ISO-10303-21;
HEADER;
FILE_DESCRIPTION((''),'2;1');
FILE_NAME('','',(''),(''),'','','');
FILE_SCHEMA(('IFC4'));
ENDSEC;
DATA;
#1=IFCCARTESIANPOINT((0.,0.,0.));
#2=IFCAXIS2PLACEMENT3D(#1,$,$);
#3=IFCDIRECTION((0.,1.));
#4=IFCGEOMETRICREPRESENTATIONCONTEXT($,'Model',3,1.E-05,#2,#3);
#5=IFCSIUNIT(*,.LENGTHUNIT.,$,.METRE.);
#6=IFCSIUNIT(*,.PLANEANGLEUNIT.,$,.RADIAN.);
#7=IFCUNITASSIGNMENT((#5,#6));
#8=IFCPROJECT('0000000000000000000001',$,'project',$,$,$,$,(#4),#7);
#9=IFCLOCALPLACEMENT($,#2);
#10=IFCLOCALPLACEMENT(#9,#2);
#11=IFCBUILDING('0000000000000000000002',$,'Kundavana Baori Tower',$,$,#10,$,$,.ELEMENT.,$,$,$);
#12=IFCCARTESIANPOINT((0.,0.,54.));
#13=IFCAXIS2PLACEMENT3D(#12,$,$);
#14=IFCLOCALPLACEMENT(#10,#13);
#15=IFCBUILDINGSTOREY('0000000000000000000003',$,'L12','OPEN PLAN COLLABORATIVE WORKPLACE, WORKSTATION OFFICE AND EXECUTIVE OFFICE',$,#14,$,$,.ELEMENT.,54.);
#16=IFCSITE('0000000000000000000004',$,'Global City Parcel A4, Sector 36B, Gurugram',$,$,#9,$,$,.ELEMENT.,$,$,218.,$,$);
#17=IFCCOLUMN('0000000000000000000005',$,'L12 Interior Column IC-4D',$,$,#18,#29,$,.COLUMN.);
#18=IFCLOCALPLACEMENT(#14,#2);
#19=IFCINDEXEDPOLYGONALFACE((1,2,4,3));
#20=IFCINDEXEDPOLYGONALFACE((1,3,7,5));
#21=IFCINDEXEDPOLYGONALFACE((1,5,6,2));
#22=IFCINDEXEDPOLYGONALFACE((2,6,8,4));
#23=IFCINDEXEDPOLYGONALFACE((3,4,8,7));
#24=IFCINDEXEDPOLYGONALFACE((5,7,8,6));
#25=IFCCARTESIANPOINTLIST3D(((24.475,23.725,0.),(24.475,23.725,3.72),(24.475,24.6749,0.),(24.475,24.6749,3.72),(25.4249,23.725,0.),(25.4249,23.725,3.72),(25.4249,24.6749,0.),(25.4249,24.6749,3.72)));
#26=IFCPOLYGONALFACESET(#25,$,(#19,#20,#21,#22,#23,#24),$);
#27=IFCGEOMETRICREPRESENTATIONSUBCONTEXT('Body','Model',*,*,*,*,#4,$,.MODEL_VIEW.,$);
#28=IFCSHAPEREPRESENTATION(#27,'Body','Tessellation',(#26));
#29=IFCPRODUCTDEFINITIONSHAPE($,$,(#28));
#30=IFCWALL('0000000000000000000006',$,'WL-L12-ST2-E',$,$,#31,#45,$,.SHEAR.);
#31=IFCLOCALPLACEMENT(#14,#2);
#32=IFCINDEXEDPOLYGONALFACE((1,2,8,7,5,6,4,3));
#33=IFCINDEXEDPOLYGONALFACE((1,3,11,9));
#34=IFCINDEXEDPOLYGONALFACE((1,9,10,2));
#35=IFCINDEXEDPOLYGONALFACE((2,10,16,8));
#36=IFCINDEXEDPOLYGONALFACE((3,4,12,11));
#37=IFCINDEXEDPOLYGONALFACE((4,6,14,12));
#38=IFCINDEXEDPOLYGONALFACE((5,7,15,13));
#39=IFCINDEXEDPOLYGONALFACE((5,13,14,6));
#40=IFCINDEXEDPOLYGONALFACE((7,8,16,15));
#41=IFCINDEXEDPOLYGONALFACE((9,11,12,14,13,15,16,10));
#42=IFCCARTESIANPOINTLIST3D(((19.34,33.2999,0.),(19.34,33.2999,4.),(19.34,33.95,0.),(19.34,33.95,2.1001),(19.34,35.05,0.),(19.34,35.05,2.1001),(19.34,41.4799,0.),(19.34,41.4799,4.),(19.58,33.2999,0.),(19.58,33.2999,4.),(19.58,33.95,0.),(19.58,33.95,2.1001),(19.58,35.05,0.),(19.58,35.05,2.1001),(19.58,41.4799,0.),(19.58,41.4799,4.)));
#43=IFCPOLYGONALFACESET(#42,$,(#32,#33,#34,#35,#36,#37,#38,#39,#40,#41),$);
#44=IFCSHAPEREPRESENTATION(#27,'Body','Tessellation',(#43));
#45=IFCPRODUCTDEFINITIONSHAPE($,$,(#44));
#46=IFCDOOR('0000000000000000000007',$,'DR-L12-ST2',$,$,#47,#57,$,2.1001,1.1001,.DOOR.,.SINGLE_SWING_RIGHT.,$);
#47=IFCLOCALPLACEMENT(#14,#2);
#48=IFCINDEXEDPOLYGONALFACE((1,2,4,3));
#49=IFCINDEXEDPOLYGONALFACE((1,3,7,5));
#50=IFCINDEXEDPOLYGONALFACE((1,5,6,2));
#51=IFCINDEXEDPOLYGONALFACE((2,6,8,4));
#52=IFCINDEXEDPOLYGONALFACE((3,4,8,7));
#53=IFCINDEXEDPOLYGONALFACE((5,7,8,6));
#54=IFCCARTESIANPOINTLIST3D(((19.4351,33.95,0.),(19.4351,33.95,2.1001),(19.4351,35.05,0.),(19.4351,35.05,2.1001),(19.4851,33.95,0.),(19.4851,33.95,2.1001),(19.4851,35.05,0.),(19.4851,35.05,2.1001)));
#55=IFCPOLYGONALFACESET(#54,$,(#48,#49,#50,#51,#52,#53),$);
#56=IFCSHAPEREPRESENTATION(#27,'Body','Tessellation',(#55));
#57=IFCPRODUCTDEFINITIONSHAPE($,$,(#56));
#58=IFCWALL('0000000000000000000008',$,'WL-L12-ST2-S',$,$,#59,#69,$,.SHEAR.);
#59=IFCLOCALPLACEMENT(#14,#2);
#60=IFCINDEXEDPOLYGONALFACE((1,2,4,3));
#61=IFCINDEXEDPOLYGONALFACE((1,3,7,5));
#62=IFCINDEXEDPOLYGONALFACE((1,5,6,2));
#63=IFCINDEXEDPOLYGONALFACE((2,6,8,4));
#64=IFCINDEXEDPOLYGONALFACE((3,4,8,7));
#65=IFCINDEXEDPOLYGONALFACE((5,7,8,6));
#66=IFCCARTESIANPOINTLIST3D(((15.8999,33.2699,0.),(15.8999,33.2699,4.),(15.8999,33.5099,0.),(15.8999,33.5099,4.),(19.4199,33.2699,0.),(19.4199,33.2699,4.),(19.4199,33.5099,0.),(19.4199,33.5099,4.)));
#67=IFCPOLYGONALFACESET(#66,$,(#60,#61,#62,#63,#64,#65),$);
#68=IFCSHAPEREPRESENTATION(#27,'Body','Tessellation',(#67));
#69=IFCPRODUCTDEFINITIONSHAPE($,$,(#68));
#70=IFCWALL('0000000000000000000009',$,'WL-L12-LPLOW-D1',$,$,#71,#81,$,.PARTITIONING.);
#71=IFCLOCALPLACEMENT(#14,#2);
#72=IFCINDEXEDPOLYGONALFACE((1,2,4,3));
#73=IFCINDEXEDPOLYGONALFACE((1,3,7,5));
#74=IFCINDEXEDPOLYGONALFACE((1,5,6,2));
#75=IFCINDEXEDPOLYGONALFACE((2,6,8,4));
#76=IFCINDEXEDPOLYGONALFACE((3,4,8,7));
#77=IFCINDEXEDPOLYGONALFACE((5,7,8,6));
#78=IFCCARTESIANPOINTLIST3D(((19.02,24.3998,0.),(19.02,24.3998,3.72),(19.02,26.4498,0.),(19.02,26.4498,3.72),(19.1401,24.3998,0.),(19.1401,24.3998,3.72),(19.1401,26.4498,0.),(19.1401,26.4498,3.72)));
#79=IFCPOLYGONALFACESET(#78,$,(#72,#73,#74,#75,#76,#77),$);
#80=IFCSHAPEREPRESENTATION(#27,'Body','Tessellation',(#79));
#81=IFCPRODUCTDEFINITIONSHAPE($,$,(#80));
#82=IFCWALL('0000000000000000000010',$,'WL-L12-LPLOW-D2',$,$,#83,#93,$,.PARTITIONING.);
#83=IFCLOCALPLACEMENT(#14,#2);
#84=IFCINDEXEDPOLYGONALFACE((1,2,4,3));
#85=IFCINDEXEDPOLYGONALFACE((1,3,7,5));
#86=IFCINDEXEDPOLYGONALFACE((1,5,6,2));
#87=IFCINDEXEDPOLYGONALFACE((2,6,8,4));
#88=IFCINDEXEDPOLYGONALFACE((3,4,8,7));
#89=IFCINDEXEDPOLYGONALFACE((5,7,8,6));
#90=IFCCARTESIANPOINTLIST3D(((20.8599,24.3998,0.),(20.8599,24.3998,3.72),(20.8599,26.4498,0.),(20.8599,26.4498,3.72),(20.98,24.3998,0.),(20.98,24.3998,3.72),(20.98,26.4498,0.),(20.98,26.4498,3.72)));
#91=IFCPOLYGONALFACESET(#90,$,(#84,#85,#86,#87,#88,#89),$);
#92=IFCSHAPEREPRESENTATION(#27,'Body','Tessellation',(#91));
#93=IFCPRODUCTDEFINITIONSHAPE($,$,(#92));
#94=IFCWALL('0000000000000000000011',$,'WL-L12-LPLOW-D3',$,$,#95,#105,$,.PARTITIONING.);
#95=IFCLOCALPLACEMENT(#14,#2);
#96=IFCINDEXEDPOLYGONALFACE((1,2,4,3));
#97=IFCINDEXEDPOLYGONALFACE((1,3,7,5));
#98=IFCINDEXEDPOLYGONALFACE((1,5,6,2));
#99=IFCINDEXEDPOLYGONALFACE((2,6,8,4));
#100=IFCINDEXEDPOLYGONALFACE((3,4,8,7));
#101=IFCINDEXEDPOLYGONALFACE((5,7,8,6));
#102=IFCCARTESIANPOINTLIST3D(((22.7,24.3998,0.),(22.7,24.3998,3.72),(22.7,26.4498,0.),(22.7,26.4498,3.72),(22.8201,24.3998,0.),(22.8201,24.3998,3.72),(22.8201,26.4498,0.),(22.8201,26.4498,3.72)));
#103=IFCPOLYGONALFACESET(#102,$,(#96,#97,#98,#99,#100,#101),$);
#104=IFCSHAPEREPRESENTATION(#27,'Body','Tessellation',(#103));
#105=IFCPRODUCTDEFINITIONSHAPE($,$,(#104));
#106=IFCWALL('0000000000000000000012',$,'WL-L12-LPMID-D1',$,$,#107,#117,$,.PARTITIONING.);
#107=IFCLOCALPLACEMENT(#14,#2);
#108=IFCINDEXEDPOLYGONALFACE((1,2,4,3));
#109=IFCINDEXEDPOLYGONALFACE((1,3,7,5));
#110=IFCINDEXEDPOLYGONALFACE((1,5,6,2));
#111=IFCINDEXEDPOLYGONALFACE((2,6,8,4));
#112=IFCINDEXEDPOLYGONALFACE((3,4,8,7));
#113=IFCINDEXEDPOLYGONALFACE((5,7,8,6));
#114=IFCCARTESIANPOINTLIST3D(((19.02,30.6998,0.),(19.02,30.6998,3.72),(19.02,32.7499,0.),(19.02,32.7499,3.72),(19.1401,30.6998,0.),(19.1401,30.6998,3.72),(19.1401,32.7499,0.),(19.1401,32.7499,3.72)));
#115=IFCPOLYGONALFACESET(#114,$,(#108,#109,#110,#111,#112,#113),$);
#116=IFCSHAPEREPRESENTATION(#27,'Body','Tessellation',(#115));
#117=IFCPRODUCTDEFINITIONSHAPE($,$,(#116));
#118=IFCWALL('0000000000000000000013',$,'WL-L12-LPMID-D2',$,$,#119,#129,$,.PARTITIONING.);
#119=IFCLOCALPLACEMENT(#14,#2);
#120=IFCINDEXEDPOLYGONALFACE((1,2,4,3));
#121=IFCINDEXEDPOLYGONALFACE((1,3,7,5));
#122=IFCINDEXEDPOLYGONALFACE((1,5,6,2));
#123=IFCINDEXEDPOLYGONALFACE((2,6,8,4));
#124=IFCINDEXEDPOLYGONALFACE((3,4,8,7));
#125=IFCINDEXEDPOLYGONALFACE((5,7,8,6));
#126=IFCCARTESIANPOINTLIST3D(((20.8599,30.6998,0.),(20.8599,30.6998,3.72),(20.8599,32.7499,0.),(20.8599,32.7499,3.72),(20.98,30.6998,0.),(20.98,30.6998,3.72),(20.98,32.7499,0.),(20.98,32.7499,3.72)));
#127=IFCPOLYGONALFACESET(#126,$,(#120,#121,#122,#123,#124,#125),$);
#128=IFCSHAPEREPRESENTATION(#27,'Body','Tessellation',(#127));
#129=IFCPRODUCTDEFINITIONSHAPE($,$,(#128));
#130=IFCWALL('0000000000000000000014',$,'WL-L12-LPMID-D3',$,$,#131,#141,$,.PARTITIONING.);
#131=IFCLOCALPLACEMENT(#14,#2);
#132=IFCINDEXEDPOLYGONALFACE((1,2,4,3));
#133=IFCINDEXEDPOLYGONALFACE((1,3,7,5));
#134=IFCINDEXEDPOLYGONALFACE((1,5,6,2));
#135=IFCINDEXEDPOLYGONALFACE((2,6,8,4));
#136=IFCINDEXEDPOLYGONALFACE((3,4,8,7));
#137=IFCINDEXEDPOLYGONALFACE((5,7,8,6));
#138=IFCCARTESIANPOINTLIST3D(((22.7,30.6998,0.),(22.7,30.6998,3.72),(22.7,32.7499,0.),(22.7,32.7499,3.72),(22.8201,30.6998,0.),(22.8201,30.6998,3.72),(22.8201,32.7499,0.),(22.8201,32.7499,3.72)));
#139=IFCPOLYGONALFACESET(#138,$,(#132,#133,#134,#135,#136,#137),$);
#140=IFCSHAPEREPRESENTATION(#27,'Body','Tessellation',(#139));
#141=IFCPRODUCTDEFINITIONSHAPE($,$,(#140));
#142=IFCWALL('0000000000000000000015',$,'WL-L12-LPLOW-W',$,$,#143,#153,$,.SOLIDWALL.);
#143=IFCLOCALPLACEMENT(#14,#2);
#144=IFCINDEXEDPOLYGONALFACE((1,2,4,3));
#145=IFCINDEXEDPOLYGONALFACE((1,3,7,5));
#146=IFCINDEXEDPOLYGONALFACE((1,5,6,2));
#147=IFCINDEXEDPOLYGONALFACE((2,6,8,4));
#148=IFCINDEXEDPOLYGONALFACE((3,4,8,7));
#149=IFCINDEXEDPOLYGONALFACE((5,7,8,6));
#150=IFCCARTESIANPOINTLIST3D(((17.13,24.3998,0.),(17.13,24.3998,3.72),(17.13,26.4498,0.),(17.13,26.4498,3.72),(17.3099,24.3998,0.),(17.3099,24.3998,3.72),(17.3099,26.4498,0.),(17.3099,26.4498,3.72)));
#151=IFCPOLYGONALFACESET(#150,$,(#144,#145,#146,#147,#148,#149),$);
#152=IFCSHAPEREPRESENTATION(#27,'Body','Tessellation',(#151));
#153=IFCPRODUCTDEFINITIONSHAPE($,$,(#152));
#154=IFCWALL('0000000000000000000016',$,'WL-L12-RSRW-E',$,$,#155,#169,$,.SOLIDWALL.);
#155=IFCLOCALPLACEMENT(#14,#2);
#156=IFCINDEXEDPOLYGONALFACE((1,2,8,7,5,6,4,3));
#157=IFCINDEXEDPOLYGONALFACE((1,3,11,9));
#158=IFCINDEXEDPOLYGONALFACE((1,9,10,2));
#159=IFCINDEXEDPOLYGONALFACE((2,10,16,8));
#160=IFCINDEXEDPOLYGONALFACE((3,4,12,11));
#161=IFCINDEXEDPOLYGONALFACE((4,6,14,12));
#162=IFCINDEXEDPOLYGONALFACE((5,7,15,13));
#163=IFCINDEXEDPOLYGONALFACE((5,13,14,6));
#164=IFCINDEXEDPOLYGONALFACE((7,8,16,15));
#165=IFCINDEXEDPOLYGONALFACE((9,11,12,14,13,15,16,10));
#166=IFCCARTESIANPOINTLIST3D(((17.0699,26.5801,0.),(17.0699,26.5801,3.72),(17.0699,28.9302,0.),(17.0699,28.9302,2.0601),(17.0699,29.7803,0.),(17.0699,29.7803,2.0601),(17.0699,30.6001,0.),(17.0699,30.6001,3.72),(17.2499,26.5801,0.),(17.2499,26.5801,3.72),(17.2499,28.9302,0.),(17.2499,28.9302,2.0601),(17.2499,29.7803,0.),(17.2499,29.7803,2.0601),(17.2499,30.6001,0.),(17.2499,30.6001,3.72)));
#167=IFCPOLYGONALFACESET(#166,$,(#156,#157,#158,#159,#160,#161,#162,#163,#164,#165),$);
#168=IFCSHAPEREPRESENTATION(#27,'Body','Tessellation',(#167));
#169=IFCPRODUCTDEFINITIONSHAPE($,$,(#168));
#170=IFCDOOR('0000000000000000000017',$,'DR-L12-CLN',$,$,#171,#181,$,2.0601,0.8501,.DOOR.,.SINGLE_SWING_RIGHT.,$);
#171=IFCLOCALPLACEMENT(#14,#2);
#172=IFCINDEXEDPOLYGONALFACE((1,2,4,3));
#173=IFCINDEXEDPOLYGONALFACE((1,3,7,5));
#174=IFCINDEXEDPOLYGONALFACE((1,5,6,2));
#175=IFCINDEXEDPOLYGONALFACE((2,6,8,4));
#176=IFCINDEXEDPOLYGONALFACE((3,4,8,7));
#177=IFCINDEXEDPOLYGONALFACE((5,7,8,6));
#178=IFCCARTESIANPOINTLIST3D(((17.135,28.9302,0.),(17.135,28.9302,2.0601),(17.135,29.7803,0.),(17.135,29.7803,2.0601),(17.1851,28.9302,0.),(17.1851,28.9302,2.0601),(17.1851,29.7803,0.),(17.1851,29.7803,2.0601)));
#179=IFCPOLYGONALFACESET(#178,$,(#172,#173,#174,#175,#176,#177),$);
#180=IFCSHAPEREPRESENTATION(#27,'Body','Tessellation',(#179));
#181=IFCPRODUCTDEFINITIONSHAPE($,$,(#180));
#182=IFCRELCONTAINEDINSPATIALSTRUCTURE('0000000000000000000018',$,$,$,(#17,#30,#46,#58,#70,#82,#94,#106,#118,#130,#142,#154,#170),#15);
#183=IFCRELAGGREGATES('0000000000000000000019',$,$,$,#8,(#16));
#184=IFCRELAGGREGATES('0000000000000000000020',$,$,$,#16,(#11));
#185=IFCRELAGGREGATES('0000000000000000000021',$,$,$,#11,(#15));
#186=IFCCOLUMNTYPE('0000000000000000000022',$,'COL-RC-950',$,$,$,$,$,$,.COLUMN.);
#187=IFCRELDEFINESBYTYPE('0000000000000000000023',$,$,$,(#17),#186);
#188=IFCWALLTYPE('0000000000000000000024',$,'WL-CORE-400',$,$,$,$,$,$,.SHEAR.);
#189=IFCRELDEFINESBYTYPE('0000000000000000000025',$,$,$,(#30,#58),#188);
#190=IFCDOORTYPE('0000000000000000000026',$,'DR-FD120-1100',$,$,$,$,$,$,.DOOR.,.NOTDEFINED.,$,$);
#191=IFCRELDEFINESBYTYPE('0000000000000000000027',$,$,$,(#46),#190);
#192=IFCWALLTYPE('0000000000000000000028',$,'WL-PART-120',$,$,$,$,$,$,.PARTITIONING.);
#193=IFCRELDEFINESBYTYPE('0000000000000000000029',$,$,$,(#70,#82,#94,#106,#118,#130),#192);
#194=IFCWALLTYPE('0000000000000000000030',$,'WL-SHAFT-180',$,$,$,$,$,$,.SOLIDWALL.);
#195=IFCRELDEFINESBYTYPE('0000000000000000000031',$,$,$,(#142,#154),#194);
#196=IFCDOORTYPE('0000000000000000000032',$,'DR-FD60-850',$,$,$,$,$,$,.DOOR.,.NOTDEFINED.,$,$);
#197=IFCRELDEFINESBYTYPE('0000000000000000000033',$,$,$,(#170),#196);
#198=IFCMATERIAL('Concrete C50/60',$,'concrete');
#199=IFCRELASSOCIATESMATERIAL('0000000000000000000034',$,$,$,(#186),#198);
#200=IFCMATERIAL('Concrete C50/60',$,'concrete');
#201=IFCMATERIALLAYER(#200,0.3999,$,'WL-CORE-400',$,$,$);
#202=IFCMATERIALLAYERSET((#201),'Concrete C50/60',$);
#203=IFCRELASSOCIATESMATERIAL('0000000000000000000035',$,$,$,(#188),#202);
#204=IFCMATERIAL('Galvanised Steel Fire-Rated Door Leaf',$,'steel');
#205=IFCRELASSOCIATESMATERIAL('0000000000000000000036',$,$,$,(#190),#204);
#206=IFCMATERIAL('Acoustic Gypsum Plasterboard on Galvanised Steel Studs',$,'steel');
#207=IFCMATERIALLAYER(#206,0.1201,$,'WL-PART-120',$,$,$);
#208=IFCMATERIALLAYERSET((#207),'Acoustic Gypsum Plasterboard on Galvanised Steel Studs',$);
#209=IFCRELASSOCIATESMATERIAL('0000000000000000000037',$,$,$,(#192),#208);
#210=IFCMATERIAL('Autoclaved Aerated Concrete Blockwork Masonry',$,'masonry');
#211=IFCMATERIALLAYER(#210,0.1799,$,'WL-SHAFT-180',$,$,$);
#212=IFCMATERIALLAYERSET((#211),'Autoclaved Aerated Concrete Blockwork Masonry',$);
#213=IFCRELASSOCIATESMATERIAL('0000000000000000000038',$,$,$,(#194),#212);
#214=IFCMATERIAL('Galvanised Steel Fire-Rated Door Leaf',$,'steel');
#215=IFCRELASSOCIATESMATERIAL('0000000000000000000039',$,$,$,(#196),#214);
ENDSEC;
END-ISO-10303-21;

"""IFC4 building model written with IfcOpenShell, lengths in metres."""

from ifc_helpers import new_model, si_unit, direction, frame, frame_2d, origin, origin_2d, place, context, subcontext, project, spatial, rectangle, extrude, material, layer, layer_set, material_profile, profile_set, type_object, element, fill, save


model = new_model("IFC4")

# Units and contexts
model_context = context("Model", 3, precision=1e-05, world=origin(), true_north=direction((0.0, 1.0)))
body_context = subcontext(model_context, "Body", "Model", "MODEL_VIEW")
ifc_project = project(units=[si_unit("LENGTHUNIT", "METRE"), si_unit("PLANEANGLEUNIT", "RADIAN")], contexts=[model_context])

# Site, building, storey
site_placement = place(None, origin())
site = spatial("IfcSite", under=ifc_project, at=site_placement, Name="Global City Parcel A4, Sector 36B, Gurugram", CompositionType="ELEMENT", RefElevation=218.0)
building_placement = place(site_placement, origin())
building = spatial("IfcBuilding", under=site, at=building_placement, Name="Kundavana Baori Tower", CompositionType="ELEMENT")
storey_placement = place(building_placement, frame((0.0, 0.0, 54.0)))
storey = spatial("IfcBuildingStorey", under=building, at=storey_placement, Name="L12", Description="OPEN PLAN COLLABORATIVE WORKPLACE, WORKSTATION OFFICE AND EXECUTIVE OFFICE", CompositionType="ELEMENT", Elevation=54.0)

# Column
ifc_material_1 = material(Name="Concrete C50/60", Category="concrete")
ifc_material_profile = material_profile(ifc_material_1, rectangle(XDim=0.95, YDim=0.95, at=origin_2d()), Name="RC 950x950")
ifc_profile_set = profile_set([ifc_material_profile], Name="Concrete C50/60")
column_type = type_object("IfcColumnType", Name="COL-RC-950", PredefinedType="COLUMN", material=ifc_profile_set)
column_placement = place(storey_placement, frame((24.95, 24.2, 0.0), z_axis=(0.0, 0.0, 1.0), x_axis=(1.0, 0.0, 0.0)))
element("IfcColumn", 1, at=column_placement, inside=storey, type_object=column_type, Name="L12 Interior Column IC-4D", PredefinedType="COLUMN", context=body_context, shape_type="SweptSolid", body=[
    extrude(rectangle(XDim=0.95, YDim=0.95, at=origin_2d()), origin(), (0.0, 0.0, 1.0), 3.72),
])

# Wall, opening, door
ifc_material_2 = material(Name="Concrete C50/60", Category="concrete")
ifc_layer_1 = layer(ifc_material_2, 0.3999, Name="WL-CORE-400")
ifc_layer_set_1 = layer_set([ifc_layer_1], Name="Concrete C50/60")
wall_type_1 = type_object("IfcWallType", Name="WL-CORE-400", PredefinedType="SHEAR", material=ifc_layer_set_1)
wall_1_placement = place(storey_placement, frame((19.46, 33.3, 0.0), z_axis=(0.0, 0.0, 1.0), x_axis=(0.0, 1.0, 0.0)))
wall_1 = element("IfcWall", 2, at=wall_1_placement, inside=storey, type_object=wall_type_1, Name="WL-L12-ST2-E", PredefinedType="SHEAR", context=body_context, shape_type="SweptSolid", body=[
    extrude(rectangle(XDim=8.1799, YDim=0.24, at=frame_2d((4.0898, 0.0))), origin(), (0.0, 0.0, 1.0), 4.0),
])
opening_1_placement = place(wall_1_placement, frame((0.6499, 0.0, 0.0)))
opening_1 = element("IfcOpeningElement", 3, at=opening_1_placement, cuts=wall_1, PredefinedType="OPENING", context=body_context, shape_type="SweptSolid", body=[
    extrude(rectangle(XDim=1.1001, YDim=2.1001, at=frame_2d((0.55, 1.05))), frame((0.0, 0.1299, 0.0), z_axis=(0.0, -1.0, 0.0), x_axis=(1.0, 0.0, 0.0)), (0.0, 0.0, 1.0), 0.26),
])
ifc_material_3 = material(Name="Galvanised Steel Fire-Rated Door Leaf", Category="steel")
door_type_1 = type_object("IfcDoorType", Name="DR-FD120-1100", OperationType="NOTDEFINED", PredefinedType="DOOR", material=ifc_material_3)
door_1_placement = place(opening_1_placement, origin())
door_1 = element("IfcDoor", 4, at=door_1_placement, inside=storey, type_object=door_type_1, Name="DR-L12-ST2", OperationType="SINGLE_SWING_RIGHT", OverallHeight=2.1001, OverallWidth=1.1001, PredefinedType="DOOR", context=body_context, shape_type="SweptSolid", body=[
    extrude(rectangle(XDim=1.1001, YDim=2.1001, at=frame_2d((0.55, 1.05))), frame((0.0, 0.0249, 0.0), z_axis=(0.0, -1.0, 0.0), x_axis=(1.0, 0.0, 0.0)), (0.0, 0.0, 1.0), 0.05),
])
fill(opening_1, door_1)

# Walls
wall_2_placement = place(storey_placement, frame((15.8999, 33.3899, 0.0), z_axis=(0.0, 0.0, 1.0), x_axis=(1.0, 0.0, 0.0)))
element("IfcWall", 5, at=wall_2_placement, inside=storey, type_object=wall_type_1, Name="WL-L12-ST2-S", PredefinedType="SHEAR", context=body_context, shape_type="SweptSolid", body=[
    extrude(rectangle(XDim=3.52, YDim=0.24, at=frame_2d((1.76, 0.0))), origin(), (0.0, 0.0, 1.0), 4.0),
])
ifc_material_4 = material(Name="Acoustic Gypsum Plasterboard on Galvanised Steel Studs", Category="steel")
ifc_layer_2 = layer(ifc_material_4, 0.1201, Name="WL-PART-120")
ifc_layer_set_2 = layer_set([ifc_layer_2], Name="Acoustic Gypsum Plasterboard on Galvanised Steel Studs")
wall_type_2 = type_object("IfcWallType", Name="WL-PART-120", PredefinedType="PARTITIONING", material=ifc_layer_set_2)
for number, where, z_axis, x_axis, name in (
    (6, (19.0801, 24.3999, 0.0), (0.0, 0.0, 1.0), (0.0, 1.0, 0.0), "WL-L12-LPLOW-D1"),
    (7, (20.9199, 24.3999, 0.0), (0.0, 0.0, 1.0), (0.0, 1.0, 0.0), "WL-L12-LPLOW-D2"),
    (8, (22.76, 24.3999, 0.0), (0.0, 0.0, 1.0), (0.0, 1.0, 0.0), "WL-L12-LPLOW-D3"),
    (9, (19.0801, 30.7, 0.0), (0.0, 0.0, 1.0), (0.0, 1.0, 0.0), "WL-L12-LPMID-D1"),
    (10, (20.9199, 30.7, 0.0), (0.0, 0.0, 1.0), (0.0, 1.0, 0.0), "WL-L12-LPMID-D2"),
    (11, (22.76, 30.7, 0.0), (0.0, 0.0, 1.0), (0.0, 1.0, 0.0), "WL-L12-LPMID-D3"),
):
    element("IfcWall", number, at=place(storey_placement, frame(where, z_axis=z_axis, x_axis=x_axis)), inside=storey, type_object=wall_type_2, Name=name, PredefinedType="PARTITIONING", context=body_context, shape_type="SweptSolid", body=[
        extrude(rectangle(XDim=2.05, YDim=0.1201, at=frame_2d((1.0249, 0.0))), origin(), (0.0, 0.0, 1.0), 3.72),
    ])
ifc_material_5 = material(Name="Autoclaved Aerated Concrete Blockwork Masonry", Category="masonry")
ifc_layer_3 = layer(ifc_material_5, 0.1799, Name="WL-SHAFT-180")
ifc_layer_set_3 = layer_set([ifc_layer_3], Name="Autoclaved Aerated Concrete Blockwork Masonry")
wall_type_3 = type_object("IfcWallType", Name="WL-SHAFT-180", PredefinedType="SOLIDWALL", material=ifc_layer_set_3)
wall_3_placement = place(storey_placement, frame((17.22, 24.3999, 0.0), z_axis=(0.0, 0.0, 1.0), x_axis=(0.0, 1.0, 0.0)))
element("IfcWall", 12, at=wall_3_placement, inside=storey, type_object=wall_type_3, Name="WL-L12-LPLOW-W", PredefinedType="SOLIDWALL", context=body_context, shape_type="SweptSolid", body=[
    extrude(rectangle(XDim=2.05, YDim=0.1799, at=frame_2d((1.0249, 0.0))), origin(), (0.0, 0.0, 1.0), 3.72),
])

# Wall, opening, door
wall_4_placement = place(storey_placement, frame((17.1599, 26.5801, 0.0), z_axis=(0.0, 0.0, 1.0), x_axis=(0.0, 1.0, 0.0)))
wall_4 = element("IfcWall", 13, at=wall_4_placement, inside=storey, type_object=wall_type_3, Name="WL-L12-RSRW-E", PredefinedType="SOLIDWALL", context=body_context, shape_type="SweptSolid", body=[
    extrude(rectangle(XDim=4.02, YDim=0.1799, at=frame_2d((2.01, 0.0))), origin(), (0.0, 0.0, 1.0), 3.72),
])
opening_2_placement = place(wall_4_placement, frame((2.3501, 0.0, 0.0)))
opening_2 = element("IfcOpeningElement", 14, at=opening_2_placement, cuts=wall_4, PredefinedType="OPENING", context=body_context, shape_type="SweptSolid", body=[
    extrude(rectangle(XDim=0.8501, YDim=2.0601, at=frame_2d((0.425, 1.03))), frame((0.0, 0.1001, 0.0), z_axis=(0.0, -1.0, 0.0), x_axis=(1.0, 0.0, 0.0)), (0.0, 0.0, 1.0), 0.2),
])
ifc_material_6 = material(Name="Galvanised Steel Fire-Rated Door Leaf", Category="steel")
door_type_2 = type_object("IfcDoorType", Name="DR-FD60-850", OperationType="NOTDEFINED", PredefinedType="DOOR", material=ifc_material_6)
door_2_placement = place(opening_2_placement, origin())
door_2 = element("IfcDoor", 15, at=door_2_placement, inside=storey, type_object=door_type_2, Name="DR-L12-CLN", OperationType="SINGLE_SWING_RIGHT", OverallHeight=2.0601, OverallWidth=0.8501, PredefinedType="DOOR", context=body_context, shape_type="SweptSolid", body=[
    extrude(rectangle(XDim=0.8501, YDim=2.0601, at=frame_2d((0.425, 1.03))), frame((0.0, 0.0249, 0.0), z_axis=(0.0, -1.0, 0.0), x_axis=(1.0, 0.0, 0.0)), (0.0, 0.0, 1.0), 0.05),
])
fill(opening_2, door_2)

save(model, "model.ifc")
